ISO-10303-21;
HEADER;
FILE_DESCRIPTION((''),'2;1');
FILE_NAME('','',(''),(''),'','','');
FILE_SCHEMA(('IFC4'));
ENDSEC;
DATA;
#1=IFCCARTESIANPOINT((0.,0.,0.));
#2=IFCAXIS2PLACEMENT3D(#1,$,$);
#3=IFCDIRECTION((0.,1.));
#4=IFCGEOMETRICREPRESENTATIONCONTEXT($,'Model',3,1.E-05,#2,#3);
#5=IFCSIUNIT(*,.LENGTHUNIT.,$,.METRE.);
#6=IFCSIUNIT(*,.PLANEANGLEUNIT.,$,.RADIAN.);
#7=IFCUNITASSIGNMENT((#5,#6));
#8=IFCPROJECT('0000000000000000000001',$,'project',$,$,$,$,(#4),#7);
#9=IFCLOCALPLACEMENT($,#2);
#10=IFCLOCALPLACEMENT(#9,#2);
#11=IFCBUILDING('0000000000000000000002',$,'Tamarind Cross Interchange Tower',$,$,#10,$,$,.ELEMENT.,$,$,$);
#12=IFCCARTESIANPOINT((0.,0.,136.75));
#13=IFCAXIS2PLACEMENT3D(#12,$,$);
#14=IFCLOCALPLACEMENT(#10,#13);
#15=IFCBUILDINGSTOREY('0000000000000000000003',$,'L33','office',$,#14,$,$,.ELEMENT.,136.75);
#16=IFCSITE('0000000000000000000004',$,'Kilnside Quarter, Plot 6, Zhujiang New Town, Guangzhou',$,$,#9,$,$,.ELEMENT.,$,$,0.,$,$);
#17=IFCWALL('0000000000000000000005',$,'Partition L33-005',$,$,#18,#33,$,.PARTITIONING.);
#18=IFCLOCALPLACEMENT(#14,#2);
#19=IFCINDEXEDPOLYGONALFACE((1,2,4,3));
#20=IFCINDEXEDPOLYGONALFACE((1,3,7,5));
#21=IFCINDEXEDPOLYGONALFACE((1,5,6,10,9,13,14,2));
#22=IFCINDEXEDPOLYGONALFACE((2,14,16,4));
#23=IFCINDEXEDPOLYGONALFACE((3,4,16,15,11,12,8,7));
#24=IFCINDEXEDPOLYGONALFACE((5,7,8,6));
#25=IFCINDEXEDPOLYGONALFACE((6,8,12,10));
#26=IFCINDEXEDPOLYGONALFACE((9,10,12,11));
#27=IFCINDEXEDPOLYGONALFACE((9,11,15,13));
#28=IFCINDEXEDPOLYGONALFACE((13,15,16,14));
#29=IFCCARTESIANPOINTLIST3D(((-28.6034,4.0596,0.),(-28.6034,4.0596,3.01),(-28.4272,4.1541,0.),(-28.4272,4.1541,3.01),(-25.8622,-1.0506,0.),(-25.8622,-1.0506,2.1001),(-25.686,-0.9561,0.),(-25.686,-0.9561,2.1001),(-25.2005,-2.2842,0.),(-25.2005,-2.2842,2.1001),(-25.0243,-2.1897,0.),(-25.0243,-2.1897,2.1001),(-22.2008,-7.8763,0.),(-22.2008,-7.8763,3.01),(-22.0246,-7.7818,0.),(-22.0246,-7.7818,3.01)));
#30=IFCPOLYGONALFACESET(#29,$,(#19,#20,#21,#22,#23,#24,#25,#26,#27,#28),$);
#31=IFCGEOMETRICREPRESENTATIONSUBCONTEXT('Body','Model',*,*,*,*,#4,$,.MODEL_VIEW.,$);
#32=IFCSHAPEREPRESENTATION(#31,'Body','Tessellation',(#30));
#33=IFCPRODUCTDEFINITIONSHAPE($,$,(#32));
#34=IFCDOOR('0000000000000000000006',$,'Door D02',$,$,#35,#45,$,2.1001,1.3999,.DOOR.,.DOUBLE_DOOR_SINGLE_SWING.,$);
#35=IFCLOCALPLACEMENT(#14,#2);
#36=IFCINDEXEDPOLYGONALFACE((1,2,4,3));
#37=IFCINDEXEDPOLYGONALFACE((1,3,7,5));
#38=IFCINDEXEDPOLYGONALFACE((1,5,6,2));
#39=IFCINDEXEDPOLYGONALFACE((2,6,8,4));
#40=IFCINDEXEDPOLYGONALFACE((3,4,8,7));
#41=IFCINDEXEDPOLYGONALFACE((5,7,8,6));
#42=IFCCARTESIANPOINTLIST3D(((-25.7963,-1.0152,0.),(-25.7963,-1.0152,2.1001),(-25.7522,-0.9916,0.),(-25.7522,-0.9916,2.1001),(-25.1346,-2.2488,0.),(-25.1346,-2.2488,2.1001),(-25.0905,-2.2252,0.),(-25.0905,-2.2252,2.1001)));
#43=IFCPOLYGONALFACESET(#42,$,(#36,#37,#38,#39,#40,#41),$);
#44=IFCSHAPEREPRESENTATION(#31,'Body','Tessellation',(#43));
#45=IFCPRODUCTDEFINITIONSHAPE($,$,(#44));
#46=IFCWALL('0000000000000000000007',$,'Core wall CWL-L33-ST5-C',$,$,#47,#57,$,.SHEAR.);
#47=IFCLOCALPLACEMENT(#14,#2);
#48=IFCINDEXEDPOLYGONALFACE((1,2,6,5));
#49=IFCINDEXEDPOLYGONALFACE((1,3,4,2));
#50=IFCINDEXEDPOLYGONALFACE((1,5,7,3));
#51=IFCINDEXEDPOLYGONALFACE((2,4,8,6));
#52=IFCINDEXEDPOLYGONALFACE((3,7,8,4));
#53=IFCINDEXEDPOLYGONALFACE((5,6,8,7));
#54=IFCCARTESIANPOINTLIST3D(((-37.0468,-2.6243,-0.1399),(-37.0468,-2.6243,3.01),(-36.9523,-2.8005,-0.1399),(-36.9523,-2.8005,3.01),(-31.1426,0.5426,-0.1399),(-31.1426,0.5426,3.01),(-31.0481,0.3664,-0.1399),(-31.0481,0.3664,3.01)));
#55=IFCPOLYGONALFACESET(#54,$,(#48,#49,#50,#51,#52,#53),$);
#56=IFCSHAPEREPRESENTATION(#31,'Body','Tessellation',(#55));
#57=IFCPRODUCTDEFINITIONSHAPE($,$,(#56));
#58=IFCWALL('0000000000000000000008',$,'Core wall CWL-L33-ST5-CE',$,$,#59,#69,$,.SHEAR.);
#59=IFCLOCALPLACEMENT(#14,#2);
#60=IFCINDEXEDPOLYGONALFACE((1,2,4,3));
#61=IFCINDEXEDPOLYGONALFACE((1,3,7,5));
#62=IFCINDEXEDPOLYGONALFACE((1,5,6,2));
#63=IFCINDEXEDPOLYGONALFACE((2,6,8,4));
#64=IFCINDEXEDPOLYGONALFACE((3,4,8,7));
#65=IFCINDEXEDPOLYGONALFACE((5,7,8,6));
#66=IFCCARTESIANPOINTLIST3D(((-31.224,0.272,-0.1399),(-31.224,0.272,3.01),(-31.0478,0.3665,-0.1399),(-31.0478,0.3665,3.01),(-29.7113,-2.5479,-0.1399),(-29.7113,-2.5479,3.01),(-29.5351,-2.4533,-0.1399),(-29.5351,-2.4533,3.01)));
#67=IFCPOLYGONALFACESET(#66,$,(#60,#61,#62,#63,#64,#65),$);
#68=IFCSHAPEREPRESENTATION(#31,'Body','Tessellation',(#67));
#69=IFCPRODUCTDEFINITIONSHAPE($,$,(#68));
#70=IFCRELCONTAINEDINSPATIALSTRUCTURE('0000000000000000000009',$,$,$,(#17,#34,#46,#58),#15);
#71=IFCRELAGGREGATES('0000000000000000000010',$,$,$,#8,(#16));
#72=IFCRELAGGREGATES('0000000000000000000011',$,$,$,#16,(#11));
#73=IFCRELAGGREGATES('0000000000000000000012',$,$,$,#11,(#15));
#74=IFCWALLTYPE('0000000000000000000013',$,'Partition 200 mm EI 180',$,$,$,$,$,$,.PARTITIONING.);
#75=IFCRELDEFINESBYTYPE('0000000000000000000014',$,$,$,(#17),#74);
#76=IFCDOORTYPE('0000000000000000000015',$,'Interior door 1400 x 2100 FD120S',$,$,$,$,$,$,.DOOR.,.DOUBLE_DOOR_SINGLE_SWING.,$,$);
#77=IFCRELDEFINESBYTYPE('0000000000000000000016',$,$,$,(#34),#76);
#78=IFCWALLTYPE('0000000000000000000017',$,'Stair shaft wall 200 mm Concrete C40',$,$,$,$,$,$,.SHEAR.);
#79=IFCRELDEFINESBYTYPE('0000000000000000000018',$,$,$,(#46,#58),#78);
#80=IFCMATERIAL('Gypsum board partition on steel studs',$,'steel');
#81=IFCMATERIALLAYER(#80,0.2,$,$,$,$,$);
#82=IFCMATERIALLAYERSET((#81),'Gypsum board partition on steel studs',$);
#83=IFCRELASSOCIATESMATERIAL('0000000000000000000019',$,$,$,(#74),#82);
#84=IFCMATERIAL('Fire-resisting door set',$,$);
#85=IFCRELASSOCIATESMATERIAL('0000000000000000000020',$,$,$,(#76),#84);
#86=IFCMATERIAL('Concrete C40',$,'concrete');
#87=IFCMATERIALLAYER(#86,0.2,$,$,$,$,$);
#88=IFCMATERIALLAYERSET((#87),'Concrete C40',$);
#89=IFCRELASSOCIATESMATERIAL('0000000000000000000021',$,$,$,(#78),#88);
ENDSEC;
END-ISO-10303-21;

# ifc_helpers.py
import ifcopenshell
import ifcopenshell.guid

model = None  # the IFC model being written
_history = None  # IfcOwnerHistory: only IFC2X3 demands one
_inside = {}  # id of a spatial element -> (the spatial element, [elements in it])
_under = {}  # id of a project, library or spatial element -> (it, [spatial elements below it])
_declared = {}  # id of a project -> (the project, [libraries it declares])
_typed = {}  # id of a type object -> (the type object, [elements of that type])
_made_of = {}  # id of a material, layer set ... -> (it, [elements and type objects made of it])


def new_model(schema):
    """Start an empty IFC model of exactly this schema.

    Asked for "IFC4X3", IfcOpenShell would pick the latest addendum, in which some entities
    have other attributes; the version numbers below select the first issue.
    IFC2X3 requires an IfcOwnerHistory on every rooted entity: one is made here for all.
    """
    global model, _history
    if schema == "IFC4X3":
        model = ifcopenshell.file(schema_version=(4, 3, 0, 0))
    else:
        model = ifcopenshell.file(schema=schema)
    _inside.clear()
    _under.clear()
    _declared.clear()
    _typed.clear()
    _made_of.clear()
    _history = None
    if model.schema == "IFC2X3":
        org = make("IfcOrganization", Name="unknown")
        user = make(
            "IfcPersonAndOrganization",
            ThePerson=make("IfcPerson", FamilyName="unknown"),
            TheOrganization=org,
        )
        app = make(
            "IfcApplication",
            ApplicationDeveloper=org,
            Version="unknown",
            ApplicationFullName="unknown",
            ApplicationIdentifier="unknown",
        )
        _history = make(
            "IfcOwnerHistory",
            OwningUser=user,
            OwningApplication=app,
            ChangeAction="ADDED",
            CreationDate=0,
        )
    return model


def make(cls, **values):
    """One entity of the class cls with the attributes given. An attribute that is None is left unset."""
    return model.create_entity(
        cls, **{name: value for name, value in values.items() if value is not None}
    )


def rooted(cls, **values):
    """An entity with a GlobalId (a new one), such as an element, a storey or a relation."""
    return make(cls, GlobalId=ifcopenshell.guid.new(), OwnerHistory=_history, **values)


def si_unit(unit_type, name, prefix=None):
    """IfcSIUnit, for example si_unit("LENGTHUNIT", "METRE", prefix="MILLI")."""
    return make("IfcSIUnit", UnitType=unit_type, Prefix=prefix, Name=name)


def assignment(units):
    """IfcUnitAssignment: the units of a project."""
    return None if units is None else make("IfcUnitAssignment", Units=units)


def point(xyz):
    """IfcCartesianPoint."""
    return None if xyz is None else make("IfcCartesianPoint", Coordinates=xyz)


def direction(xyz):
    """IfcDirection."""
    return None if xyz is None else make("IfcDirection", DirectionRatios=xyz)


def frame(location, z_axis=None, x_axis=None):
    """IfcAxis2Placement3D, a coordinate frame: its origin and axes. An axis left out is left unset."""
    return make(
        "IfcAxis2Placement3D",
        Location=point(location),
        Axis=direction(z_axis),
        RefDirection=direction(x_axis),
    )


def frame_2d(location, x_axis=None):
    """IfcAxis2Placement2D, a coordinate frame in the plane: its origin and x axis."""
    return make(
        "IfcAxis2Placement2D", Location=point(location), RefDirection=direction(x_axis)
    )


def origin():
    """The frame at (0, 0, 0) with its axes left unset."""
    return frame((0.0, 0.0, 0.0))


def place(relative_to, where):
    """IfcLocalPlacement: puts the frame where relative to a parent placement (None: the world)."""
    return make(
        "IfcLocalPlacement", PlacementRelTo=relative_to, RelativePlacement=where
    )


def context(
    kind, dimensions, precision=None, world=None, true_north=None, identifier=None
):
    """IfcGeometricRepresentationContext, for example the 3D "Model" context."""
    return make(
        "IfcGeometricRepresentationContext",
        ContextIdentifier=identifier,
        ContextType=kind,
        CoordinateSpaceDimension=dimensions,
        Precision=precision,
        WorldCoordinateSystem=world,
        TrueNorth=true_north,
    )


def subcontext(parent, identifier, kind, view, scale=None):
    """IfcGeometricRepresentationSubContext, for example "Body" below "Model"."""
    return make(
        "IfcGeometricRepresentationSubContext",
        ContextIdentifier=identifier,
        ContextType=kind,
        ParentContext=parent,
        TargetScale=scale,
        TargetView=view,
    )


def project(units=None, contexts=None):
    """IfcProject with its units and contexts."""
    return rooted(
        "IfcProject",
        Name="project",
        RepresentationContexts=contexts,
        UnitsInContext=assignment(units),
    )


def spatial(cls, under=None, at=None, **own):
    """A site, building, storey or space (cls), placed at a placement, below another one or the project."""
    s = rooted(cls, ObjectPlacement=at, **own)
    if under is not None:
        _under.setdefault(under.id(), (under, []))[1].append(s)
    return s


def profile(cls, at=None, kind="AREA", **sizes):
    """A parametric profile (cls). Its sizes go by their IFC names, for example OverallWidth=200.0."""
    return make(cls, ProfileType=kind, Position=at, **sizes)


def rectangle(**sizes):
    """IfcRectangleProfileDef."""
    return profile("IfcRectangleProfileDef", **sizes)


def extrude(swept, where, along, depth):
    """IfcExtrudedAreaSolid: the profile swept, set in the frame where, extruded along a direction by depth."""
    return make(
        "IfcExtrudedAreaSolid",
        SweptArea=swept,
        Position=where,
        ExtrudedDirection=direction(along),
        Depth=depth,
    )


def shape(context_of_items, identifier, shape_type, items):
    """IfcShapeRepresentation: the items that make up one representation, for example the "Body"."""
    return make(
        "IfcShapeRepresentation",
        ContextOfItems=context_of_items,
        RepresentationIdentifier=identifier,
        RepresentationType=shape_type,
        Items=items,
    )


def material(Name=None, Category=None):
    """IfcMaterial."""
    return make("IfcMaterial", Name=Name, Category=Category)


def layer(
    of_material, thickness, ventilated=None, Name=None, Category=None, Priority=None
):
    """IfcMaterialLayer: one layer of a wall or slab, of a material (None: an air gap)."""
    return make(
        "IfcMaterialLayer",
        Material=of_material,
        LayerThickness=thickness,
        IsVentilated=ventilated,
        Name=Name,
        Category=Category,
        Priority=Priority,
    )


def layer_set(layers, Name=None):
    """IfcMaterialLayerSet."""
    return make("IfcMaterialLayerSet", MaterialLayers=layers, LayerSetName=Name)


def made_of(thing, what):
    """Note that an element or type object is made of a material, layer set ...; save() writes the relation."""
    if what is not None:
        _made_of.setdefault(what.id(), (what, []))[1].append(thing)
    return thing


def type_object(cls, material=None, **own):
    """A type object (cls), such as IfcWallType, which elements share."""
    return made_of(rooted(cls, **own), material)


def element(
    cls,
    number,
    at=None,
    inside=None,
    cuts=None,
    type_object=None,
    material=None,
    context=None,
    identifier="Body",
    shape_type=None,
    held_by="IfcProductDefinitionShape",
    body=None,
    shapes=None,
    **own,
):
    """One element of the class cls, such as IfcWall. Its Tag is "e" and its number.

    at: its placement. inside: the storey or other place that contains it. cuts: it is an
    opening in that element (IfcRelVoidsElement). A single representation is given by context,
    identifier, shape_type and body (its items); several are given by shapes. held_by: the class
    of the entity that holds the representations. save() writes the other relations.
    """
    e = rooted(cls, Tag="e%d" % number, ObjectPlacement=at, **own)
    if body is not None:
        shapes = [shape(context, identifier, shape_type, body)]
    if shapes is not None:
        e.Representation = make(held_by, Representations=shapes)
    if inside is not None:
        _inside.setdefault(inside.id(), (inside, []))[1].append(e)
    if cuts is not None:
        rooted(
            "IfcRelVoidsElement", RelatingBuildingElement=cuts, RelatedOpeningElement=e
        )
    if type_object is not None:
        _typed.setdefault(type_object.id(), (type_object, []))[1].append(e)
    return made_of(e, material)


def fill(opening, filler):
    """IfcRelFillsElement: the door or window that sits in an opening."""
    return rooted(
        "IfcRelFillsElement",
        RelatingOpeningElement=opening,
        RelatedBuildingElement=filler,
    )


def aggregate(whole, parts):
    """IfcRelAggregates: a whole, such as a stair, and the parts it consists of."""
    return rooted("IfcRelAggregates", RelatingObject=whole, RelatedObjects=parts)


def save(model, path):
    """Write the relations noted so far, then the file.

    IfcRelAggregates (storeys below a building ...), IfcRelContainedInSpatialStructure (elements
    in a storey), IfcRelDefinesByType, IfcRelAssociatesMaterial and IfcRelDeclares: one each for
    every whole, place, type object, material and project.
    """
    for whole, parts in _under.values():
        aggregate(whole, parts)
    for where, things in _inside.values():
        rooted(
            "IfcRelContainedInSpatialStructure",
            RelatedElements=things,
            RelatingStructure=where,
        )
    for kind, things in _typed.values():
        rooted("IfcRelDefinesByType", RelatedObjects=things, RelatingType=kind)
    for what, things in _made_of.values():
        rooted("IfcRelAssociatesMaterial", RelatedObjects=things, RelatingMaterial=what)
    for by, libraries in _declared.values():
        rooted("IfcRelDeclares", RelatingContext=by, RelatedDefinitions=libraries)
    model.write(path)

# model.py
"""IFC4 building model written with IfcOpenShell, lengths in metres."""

from ifc_helpers import new_model, si_unit, direction, frame, frame_2d, origin, place, context, subcontext, project, spatial, rectangle, extrude, material, layer, layer_set, type_object, element, fill, save


model = new_model("IFC4")

# Units and contexts
model_context = context("Model", 3, precision=1e-05, world=origin(), true_north=direction((0.0, 1.0)))
body_context = subcontext(model_context, "Body", "Model", "MODEL_VIEW")
ifc_project = project(units=[si_unit("LENGTHUNIT", "METRE"), si_unit("PLANEANGLEUNIT", "RADIAN")], contexts=[model_context])

# Site, building, storey
site_placement = place(None, origin())
site = spatial("IfcSite", under=ifc_project, at=site_placement, Name="Kilnside Quarter, Plot 6, Zhujiang New Town, Guangzhou", CompositionType="ELEMENT", RefElevation=0.0)
building_placement = place(site_placement, origin())
building = spatial("IfcBuilding", under=site, at=building_placement, Name="Tamarind Cross Interchange Tower", CompositionType="ELEMENT")
storey_placement = place(building_placement, frame((0.0, 0.0, 136.75)))
storey = spatial("IfcBuildingStorey", under=building, at=storey_placement, Name="L33", Description="office", CompositionType="ELEMENT", Elevation=136.75)

# Shared definitions
ifc_material_1 = material(Name="Gypsum board partition on steel studs", Category="steel")

# Shared definitions
ifc_material_2 = material(Name="Fire-resisting door set")

# Wall, opening, door
ifc_layer_1 = layer(ifc_material_1, 0.2)
ifc_layer_set_1 = layer_set([ifc_layer_1], Name="Gypsum board partition on steel studs")
wall_type_1 = type_object("IfcWallType", Name="Partition 200 mm EI 180", PredefinedType="PARTITIONING", material=ifc_layer_set_1)
wall_1_placement = place(storey_placement, frame((-28.5154, 4.1069, 0.0), z_axis=(0.0, 0.0, 1.0), x_axis=(0.472704, -0.881221, 0.0)))
wall_1 = element("IfcWall", 1, at=wall_1_placement, inside=storey, type_object=wall_type_1, Name="Partition L33-005", PredefinedType="PARTITIONING", context=body_context, shape_type="SweptSolid", body=[
    extrude(rectangle(XDim=13.5447, YDim=0.2, at=frame_2d((6.7725, 0.0))), origin(), (0.0, 0.0, 1.0), 3.01),
])
opening_1_placement = place(wall_1_placement, frame((5.7991, 0.0, 0.0)))
opening_1 = element("IfcOpeningElement", 2, at=opening_1_placement, cuts=wall_1, PredefinedType="OPENING", context=body_context, shape_type="SweptSolid", body=[
    extrude(rectangle(XDim=1.3999, YDim=2.1001, at=frame_2d((0.7, 1.05))), frame((0.0, 0.1099, 0.0), z_axis=(0.0, -1.0, 0.0), x_axis=(1.0, 0.0, 0.0)), (0.0, 0.0, 1.0), 0.22),
])
door_type_1 = type_object("IfcDoorType", Name="Interior door 1400 x 2100 FD120S", OperationType="DOUBLE_DOOR_SINGLE_SWING", PredefinedType="DOOR", material=ifc_material_2)
door_1_placement = place(opening_1_placement, origin())
door_1 = element("IfcDoor", 3, at=door_1_placement, inside=storey, type_object=door_type_1, Name="Door D02", OperationType="DOUBLE_DOOR_SINGLE_SWING", OverallHeight=2.1001, OverallWidth=1.3999, PredefinedType="DOOR", context=body_context, shape_type="SweptSolid", body=[
    extrude(rectangle(XDim=1.3999, YDim=2.1001, at=frame_2d((0.7, 1.05))), frame((0.0, 0.0249, 0.0), z_axis=(0.0, -1.0, 0.0), x_axis=(1.0, 0.0, 0.0)), (0.0, 0.0, 1.0), 0.05),
])
fill(opening_1, door_1)

# Walls
ifc_material_3 = material(Name="Concrete C40", Category="concrete")
ifc_layer_2 = layer(ifc_material_3, 0.2)
ifc_layer_set_2 = layer_set([ifc_layer_2], Name="Concrete C40")
wall_type_2 = type_object("IfcWallType", Name="Stair shaft wall 200 mm Concrete C40", PredefinedType="SHEAR", material=ifc_layer_set_2)
wall_2_placement = place(storey_placement, frame((-31.0952, 0.4546, -0.1399), z_axis=(0.0, 0.0, 1.0), x_axis=(-0.881233, -0.472682, 0.0)))
element("IfcWall", 4, at=wall_2_placement, inside=storey, type_object=wall_type_2, Name="Core wall CWL-L33-ST5-C", PredefinedType="SHEAR", context=body_context, shape_type="SweptSolid", body=[
    extrude(rectangle(XDim=6.7, YDim=0.2, at=frame_2d((3.3501, 0.0))), origin(), (0.0, 0.0, 1.0), 3.1499),
])
wall_3_placement = place(storey_placement, frame((-31.136, 0.3193, -0.1399), z_axis=(0.0, 0.0, 1.0), x_axis=(0.472725, -0.88121, 0.0)))
element("IfcWall", 5, at=wall_3_placement, inside=storey, type_object=wall_type_2, Name="Core wall CWL-L33-ST5-CE", PredefinedType="SHEAR", context=body_context, shape_type="SweptSolid", body=[
    extrude(rectangle(XDim=3.2, YDim=0.2, at=frame_2d((1.6001, 0.0))), origin(), (0.0, 0.0, 1.0), 3.1499),
])

save(model, "model.ifc")
